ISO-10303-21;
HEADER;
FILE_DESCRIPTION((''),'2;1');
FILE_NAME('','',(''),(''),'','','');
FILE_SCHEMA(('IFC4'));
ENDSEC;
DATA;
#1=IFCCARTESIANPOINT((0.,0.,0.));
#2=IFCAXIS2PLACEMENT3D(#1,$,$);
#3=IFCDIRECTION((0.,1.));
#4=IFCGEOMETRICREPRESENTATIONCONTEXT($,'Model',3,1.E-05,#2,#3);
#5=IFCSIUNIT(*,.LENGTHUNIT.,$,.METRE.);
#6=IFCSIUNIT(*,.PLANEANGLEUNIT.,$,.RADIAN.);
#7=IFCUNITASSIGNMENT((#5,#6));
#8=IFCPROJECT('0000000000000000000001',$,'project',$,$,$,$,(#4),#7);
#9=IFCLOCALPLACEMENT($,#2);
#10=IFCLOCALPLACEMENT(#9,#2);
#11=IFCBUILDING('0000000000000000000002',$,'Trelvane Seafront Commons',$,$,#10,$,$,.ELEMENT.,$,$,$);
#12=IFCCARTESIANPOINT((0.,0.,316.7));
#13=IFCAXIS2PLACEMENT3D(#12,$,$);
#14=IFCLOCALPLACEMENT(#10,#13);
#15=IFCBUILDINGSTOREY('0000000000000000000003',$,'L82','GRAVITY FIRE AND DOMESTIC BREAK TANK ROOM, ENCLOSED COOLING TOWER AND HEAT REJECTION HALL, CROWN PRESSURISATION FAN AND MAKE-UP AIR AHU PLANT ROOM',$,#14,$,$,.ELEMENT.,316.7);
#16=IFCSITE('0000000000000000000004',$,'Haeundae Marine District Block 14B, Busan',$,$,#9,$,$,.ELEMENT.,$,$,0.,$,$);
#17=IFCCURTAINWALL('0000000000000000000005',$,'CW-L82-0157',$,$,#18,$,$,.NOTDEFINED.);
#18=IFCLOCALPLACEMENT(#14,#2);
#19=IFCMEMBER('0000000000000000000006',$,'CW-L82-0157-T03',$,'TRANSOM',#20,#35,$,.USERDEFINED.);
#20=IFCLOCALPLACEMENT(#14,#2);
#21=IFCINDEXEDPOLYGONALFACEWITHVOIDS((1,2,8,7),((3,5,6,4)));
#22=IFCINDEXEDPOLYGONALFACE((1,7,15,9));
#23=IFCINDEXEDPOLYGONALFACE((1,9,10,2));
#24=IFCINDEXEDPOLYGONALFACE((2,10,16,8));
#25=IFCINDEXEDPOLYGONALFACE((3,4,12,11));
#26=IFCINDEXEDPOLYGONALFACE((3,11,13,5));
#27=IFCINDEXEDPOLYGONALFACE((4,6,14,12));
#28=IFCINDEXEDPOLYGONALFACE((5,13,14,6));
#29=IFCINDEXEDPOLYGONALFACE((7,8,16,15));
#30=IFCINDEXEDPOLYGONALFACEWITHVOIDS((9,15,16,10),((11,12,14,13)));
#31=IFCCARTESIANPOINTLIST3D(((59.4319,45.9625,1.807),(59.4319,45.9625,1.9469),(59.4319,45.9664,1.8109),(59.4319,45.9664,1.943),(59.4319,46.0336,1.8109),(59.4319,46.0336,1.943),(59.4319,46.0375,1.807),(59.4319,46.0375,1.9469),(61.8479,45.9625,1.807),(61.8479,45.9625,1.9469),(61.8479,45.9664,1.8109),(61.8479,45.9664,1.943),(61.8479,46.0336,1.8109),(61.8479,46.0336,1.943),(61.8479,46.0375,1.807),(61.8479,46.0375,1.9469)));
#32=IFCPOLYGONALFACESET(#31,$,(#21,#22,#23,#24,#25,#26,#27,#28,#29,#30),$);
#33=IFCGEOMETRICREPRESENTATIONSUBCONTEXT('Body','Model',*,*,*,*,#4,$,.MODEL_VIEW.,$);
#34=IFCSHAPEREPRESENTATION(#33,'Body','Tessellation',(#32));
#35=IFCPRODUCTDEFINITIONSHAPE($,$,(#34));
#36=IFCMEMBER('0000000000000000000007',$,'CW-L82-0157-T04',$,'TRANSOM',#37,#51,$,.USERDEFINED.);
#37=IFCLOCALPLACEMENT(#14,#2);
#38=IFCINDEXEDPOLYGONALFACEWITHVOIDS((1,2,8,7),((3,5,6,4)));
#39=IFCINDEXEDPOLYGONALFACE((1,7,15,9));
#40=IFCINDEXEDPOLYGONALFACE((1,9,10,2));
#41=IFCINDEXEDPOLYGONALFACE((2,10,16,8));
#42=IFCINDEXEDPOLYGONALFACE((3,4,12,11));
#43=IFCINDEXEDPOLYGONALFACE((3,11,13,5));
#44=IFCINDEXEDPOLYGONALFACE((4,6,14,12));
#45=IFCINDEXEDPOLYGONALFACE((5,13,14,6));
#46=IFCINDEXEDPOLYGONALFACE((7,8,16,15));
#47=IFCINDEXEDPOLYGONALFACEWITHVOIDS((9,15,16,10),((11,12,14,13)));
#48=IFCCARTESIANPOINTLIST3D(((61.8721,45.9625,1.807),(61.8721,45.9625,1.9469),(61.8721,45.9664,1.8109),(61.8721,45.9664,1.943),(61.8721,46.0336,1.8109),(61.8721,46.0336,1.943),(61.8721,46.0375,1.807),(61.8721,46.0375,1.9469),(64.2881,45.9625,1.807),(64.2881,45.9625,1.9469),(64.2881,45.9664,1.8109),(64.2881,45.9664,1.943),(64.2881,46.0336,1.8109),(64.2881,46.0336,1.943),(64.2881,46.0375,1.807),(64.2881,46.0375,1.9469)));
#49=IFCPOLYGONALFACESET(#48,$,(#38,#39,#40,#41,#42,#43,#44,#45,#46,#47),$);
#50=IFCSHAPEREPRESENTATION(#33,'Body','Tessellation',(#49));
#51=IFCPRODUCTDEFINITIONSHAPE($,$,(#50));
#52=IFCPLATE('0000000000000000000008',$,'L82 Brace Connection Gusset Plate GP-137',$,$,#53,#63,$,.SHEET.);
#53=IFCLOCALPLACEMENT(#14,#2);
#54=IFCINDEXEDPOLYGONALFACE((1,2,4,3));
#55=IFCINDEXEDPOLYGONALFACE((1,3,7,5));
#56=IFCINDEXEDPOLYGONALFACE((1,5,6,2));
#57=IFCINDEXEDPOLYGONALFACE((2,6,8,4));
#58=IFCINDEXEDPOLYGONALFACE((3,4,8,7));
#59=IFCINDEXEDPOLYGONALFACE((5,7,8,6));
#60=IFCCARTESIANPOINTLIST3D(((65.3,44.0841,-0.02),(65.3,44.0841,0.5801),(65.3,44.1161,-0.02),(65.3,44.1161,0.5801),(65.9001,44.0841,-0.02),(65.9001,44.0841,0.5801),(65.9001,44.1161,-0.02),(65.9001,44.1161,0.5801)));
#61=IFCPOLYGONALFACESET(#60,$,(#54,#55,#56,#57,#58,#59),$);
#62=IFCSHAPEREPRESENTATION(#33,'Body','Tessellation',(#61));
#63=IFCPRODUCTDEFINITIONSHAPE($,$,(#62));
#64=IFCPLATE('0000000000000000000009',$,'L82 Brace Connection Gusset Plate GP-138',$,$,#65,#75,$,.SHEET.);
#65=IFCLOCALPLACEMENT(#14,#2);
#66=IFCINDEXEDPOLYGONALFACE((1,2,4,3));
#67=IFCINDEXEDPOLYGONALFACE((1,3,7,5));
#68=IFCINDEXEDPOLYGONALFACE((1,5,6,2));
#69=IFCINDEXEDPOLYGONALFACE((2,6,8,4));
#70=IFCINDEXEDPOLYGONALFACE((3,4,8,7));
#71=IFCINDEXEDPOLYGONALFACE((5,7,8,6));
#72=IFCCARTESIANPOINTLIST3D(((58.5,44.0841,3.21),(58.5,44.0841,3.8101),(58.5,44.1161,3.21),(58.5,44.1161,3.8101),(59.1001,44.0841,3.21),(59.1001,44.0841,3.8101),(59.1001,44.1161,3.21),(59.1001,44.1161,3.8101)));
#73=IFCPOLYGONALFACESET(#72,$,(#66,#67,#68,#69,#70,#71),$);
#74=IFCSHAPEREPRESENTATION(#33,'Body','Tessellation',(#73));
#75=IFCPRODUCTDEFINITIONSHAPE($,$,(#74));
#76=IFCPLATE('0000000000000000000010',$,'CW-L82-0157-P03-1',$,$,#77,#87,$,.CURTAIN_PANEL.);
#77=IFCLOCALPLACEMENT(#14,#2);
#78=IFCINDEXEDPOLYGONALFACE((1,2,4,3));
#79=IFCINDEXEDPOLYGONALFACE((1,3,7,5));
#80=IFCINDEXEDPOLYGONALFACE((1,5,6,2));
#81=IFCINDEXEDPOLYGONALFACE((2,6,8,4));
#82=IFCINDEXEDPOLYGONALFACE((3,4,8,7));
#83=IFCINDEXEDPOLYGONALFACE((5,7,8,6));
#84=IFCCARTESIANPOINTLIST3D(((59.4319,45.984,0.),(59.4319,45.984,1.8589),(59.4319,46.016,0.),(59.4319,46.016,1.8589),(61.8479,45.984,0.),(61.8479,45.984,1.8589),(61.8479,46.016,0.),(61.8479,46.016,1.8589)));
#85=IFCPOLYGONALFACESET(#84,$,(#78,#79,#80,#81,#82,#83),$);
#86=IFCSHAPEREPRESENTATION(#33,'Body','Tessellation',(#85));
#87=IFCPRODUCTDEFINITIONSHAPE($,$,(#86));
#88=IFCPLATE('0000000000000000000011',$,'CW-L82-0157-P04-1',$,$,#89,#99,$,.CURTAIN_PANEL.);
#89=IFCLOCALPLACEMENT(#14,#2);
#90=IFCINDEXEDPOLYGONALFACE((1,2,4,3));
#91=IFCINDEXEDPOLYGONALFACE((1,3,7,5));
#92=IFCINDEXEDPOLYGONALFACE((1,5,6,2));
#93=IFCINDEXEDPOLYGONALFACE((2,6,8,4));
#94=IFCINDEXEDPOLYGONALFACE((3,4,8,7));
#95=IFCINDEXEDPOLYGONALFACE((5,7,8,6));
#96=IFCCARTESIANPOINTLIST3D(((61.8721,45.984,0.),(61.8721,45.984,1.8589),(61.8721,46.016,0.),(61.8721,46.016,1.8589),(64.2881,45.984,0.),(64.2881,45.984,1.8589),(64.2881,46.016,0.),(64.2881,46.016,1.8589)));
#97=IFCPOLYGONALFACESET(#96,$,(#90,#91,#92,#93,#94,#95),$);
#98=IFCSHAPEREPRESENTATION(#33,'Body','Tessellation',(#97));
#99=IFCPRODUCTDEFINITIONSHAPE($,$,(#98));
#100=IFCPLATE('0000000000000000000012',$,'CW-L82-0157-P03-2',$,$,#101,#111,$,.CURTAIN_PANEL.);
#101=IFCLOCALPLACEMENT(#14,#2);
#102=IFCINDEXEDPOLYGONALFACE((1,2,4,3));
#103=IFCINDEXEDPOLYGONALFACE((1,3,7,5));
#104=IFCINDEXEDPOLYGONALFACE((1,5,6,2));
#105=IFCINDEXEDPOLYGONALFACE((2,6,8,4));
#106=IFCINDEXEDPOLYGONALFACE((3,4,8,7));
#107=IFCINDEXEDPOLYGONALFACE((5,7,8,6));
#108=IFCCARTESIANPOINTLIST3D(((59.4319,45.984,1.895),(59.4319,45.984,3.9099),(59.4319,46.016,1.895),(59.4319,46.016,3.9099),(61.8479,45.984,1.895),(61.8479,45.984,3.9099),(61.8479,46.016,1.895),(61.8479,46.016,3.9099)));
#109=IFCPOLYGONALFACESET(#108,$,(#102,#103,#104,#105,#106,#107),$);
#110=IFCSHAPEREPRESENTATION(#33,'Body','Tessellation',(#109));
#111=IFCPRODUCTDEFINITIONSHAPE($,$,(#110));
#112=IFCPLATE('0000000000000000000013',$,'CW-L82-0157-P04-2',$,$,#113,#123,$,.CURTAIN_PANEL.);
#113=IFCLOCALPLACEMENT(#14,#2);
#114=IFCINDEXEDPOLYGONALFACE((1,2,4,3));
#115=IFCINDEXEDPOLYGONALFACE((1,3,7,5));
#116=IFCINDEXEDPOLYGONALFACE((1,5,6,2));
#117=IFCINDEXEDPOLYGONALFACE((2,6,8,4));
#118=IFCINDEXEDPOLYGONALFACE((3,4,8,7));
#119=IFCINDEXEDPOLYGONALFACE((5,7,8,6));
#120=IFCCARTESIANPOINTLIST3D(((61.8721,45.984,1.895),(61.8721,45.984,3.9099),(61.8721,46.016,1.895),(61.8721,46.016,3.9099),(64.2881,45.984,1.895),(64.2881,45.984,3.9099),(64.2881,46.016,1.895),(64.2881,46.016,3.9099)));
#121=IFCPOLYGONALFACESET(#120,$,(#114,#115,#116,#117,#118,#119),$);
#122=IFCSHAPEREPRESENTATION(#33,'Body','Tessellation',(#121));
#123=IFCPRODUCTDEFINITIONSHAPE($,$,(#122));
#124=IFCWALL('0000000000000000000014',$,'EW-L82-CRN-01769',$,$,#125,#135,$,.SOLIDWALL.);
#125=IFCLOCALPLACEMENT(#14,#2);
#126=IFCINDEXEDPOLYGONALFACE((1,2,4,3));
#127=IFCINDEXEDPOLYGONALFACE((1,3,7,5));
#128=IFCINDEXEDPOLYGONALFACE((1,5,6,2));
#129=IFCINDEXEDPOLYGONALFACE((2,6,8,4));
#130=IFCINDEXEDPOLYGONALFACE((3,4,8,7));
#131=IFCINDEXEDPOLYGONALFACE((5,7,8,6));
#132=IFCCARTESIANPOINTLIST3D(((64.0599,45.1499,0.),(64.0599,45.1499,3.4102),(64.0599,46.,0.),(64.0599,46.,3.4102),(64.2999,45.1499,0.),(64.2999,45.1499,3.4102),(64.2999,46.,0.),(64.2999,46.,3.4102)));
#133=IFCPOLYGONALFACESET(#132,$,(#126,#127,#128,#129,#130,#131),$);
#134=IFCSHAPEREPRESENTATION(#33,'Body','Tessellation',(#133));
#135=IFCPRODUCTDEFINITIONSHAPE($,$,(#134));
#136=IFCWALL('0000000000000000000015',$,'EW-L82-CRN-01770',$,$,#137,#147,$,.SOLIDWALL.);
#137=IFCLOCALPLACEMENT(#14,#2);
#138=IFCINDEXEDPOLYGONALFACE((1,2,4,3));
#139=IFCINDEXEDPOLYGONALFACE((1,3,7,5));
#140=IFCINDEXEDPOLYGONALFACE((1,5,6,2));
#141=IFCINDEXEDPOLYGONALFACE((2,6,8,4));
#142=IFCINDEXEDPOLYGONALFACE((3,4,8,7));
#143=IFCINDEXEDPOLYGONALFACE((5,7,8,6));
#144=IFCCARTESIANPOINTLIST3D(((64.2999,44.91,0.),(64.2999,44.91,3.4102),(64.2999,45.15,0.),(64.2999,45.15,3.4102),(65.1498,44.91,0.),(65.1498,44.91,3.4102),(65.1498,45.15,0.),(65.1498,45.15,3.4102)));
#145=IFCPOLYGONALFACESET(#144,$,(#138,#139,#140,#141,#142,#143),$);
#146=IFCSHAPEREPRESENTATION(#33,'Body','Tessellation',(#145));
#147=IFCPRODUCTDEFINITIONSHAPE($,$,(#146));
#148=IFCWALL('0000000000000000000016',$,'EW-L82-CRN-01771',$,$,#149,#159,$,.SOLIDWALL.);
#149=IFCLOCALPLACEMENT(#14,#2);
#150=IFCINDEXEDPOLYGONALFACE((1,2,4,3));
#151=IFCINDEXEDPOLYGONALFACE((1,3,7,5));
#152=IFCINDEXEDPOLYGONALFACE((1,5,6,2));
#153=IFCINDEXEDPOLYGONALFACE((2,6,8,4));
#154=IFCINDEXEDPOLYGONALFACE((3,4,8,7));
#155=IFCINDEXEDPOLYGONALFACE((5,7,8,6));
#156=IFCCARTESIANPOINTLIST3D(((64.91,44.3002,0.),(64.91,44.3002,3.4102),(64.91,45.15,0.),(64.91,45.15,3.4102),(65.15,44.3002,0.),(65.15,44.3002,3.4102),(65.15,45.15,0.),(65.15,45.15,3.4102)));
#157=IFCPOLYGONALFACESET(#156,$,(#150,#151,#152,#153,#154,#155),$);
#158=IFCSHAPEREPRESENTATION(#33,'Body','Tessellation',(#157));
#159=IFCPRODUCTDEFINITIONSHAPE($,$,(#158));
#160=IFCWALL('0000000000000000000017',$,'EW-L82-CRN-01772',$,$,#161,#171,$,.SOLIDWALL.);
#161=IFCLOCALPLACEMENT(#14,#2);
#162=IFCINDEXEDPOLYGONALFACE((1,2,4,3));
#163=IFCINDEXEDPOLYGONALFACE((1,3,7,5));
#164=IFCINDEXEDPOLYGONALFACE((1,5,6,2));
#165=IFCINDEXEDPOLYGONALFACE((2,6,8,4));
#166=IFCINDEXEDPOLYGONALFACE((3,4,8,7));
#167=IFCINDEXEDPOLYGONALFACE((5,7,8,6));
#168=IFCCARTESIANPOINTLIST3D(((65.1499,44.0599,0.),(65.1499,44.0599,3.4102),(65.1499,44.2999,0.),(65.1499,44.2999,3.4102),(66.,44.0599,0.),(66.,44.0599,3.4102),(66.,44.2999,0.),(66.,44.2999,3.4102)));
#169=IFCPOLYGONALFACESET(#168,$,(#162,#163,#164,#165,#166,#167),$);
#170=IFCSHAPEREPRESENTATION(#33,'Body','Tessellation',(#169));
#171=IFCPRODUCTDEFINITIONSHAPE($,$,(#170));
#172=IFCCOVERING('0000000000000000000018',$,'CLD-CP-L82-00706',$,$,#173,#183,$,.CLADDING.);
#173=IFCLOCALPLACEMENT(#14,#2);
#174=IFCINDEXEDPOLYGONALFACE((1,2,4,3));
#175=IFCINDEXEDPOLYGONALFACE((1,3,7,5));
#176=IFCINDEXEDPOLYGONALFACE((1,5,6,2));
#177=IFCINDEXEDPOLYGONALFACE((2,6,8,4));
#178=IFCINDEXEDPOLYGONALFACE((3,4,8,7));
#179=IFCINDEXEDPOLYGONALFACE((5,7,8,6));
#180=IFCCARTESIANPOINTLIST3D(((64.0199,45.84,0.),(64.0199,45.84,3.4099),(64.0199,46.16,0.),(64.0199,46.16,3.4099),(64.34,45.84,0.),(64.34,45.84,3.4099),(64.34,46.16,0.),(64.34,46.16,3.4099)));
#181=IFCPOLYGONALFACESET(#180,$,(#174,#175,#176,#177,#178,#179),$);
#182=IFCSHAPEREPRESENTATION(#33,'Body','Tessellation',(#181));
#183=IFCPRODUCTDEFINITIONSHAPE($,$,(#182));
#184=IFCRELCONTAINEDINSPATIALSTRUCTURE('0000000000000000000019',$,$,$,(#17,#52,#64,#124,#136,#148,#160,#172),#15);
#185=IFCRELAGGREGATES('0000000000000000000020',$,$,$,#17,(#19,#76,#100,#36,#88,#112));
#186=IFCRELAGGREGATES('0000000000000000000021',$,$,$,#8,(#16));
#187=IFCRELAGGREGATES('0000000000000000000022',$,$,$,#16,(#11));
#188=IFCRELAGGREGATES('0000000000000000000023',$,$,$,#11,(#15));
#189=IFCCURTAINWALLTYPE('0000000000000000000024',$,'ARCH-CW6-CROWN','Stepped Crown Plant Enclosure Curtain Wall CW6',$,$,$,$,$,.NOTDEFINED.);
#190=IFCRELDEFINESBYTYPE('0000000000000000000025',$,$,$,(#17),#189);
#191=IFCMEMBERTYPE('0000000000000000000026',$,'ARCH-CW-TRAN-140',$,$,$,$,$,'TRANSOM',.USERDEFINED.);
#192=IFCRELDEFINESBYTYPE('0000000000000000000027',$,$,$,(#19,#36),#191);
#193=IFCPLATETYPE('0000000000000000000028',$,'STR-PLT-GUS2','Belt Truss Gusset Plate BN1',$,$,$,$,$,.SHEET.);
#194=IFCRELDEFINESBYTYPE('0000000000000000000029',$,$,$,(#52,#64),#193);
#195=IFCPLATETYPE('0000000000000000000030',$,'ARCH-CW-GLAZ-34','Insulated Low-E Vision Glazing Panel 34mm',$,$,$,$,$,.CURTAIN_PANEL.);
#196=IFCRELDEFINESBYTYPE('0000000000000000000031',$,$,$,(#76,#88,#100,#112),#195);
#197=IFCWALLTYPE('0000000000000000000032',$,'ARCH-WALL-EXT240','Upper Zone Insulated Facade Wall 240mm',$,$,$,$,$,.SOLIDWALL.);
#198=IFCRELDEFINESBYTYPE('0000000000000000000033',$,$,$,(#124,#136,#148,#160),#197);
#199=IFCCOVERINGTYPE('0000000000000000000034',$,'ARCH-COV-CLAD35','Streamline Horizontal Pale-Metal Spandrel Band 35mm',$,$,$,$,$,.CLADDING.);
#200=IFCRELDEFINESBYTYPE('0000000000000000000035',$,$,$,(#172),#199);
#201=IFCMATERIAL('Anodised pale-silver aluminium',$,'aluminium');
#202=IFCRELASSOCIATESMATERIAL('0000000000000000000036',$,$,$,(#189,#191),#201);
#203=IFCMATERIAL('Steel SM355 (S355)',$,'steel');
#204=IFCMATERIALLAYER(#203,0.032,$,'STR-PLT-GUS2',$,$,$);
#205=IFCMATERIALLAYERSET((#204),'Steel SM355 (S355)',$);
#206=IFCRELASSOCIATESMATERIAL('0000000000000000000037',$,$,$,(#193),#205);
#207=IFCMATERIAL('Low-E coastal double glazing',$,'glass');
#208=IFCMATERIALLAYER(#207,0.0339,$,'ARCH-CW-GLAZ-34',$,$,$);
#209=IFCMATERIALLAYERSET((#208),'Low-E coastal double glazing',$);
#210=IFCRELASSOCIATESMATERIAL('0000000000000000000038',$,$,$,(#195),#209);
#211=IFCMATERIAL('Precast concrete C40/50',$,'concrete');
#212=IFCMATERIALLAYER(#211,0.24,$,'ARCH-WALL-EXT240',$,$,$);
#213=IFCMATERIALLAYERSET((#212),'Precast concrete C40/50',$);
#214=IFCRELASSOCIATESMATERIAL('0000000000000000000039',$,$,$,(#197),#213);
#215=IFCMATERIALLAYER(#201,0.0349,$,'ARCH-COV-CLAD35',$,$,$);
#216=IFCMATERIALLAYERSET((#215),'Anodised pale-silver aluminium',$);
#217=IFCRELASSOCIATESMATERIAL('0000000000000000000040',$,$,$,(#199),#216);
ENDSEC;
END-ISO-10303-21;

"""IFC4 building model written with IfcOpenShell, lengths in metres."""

from ifc_helpers import new_model, si_unit, direction, frame, frame_2d, origin, origin_2d, place, context, subcontext, project, spatial, rectangle, hollow_rectangle, extrude, source, transform, mapped, material, layer, layer_set, material_profile, profile_set, type_object, element, aggregate, save


model = new_model("IFC4")

# Units and contexts
model_context = context("Model", 3, precision=1e-05, world=origin(), true_north=direction((0.0, 1.0)))
body_context = subcontext(model_context, "Body", "Model", "MODEL_VIEW")
ifc_project = project(units=[si_unit("LENGTHUNIT", "METRE"), si_unit("PLANEANGLEUNIT", "RADIAN")], contexts=[model_context])

# Site, building, storey
site_placement = place(None, origin())
site = spatial("IfcSite", under=ifc_project, at=site_placement, Name="Haeundae Marine District Block 14B, Busan", CompositionType="ELEMENT", RefElevation=0.0)
building_placement = place(site_placement, origin())
building = spatial("IfcBuilding", under=site, at=building_placement, Name="Trelvane Seafront Commons", CompositionType="ELEMENT")
storey_placement = place(building_placement, frame((0.0, 0.0, 316.7)))
storey = spatial("IfcBuildingStorey", under=building, at=storey_placement, Name="L82", Description="GRAVITY FIRE AND DOMESTIC BREAK TANK ROOM, ENCLOSED COOLING TOWER AND HEAT REJECTION HALL, CROWN PRESSURISATION FAN AND MAKE-UP AIR AHU PLANT ROOM", CompositionType="ELEMENT", Elevation=316.7)

# Shared definitions
ifc_material_1 = material(Name="Steel SM355 (S355)", Category="steel")

# Curtain wall
ifc_material_2 = material(Name="Anodised pale-silver aluminium", Category="aluminium")
curtain_wall_type = type_object("IfcCurtainWallType", Name="ARCH-CW6-CROWN", Description="Stepped Crown Plant Enclosure Curtain Wall CW6", PredefinedType="NOTDEFINED", material=ifc_material_2)
curtain_wall_1_placement = place(storey_placement, origin())
curtain_wall_1 = element("IfcCurtainWall", 1, at=curtain_wall_1_placement, inside=storey, type_object=curtain_wall_type, Name="CW-L82-0157", PredefinedType="NOTDEFINED")
ifc_material_profile_1 = material_profile(ifc_material_2, hollow_rectangle(XDim=0.075, YDim=0.1399, WallThickness=0.0039, at=origin_2d()), Name="TRAN-75x140x4")
ifc_profile_set_1 = profile_set([ifc_material_profile_1], Name="Anodised pale-silver aluminium")
member_type_1 = type_object("IfcMemberType", Name="ARCH-CW-TRAN-140", ElementType="TRANSOM", PredefinedType="USERDEFINED", material=ifc_profile_set_1)

# Members
shared_shape_1 = source(origin(), body_context, "Body", "SweptSolid", [
    extrude(hollow_rectangle(XDim=0.075, YDim=0.1399, WallThickness=0.0039, at=origin_2d()), origin(), (0.0, 0.0, 1.0), 2.416),
])
member_1_placement = place(storey_placement, frame((59.4319, 46.0, 1.877), z_axis=(1.0, 0.0, 0.0), x_axis=(0.0, 1.0, 0.0)))
member_1 = element("IfcMember", 2, at=member_1_placement, type_object=member_type_1, Name="CW-L82-0157-T03", ObjectType="TRANSOM", PredefinedType="USERDEFINED", context=body_context, shape_type="MappedRepresentation", body=[
    mapped(shared_shape_1, transform((0.0, 0.0, 0.0), x_axis=(1.0, 0.0, 0.0), y_axis=(0.0, 1.0, 0.0), z_axis=(0.0, 0.0, 1.0), scale=1.0)),
])
member_2_placement = place(storey_placement, frame((61.8721, 46.0, 1.877), z_axis=(1.0, 0.0, 0.0), x_axis=(0.0, 1.0, 0.0)))
member_2 = element("IfcMember", 3, at=member_2_placement, type_object=member_type_1, Name="CW-L82-0157-T04", ObjectType="TRANSOM", PredefinedType="USERDEFINED", context=body_context, shape_type="MappedRepresentation", body=[
    mapped(shared_shape_1, transform((0.0, 0.0, 0.0), x_axis=(1.0, 0.0, 0.0), y_axis=(0.0, 1.0, 0.0), z_axis=(0.0, 0.0, 1.0), scale=1.0)),
])

# Plates
ifc_layer_1 = layer(ifc_material_1, 0.032, Name="STR-PLT-GUS2")
ifc_layer_set_1 = layer_set([ifc_layer_1], Name="Steel SM355 (S355)")
plate_type_1 = type_object("IfcPlateType", Name="STR-PLT-GUS2", Description="Belt Truss Gusset Plate BN1", PredefinedType="SHEET", material=ifc_layer_set_1)
shared_shape_2 = source(origin(), body_context, "Body", "SweptSolid", [
    extrude(rectangle(XDim=0.6001, YDim=0.032, at=origin_2d()), origin(), (0.0, 0.0, 1.0), 0.6001),
])
for number, where, z_axis, x_axis, name in (
    (4, (65.6001, 44.1001, -0.02), (0.0, 0.0, 1.0), (1.0, 0.0, 0.0), "L82 Brace Connection Gusset Plate GP-137"),
    (5, (58.8, 44.1001, 3.21), (0.0, 0.0, 1.0), (1.0, 0.0, 0.0), "L82 Brace Connection Gusset Plate GP-138"),
):
    element("IfcPlate", number, at=place(storey_placement, frame(where, z_axis=z_axis, x_axis=x_axis)), inside=storey, type_object=plate_type_1, Name=name, PredefinedType="SHEET", context=body_context, shape_type="MappedRepresentation", body=[
        mapped(shared_shape_2, transform((0.0, 0.0, 0.0), x_axis=(1.0, 0.0, 0.0), y_axis=(0.0, 1.0, 0.0), z_axis=(0.0, 0.0, 1.0), scale=1.0)),
    ])

# Plates
ifc_material_3 = material(Name="Low-E coastal double glazing", Category="glass")
ifc_layer_2 = layer(ifc_material_3, 0.0339, Name="ARCH-CW-GLAZ-34")
ifc_layer_set_2 = layer_set([ifc_layer_2], Name="Low-E coastal double glazing")
plate_type_2 = type_object("IfcPlateType", Name="ARCH-CW-GLAZ-34", Description="Insulated Low-E Vision Glazing Panel 34mm", PredefinedType="CURTAIN_PANEL", material=ifc_layer_set_2)
shared_shape_3 = source(origin(), body_context, "Body", "SweptSolid", [
    extrude(rectangle(XDim=2.416, YDim=0.032, at=origin_2d()), origin(), (0.0, 0.0, 1.0), 1.8589),
])
plate_1_placement = place(storey_placement, frame((60.6399, 46.0, 0.0), z_axis=(0.0, 0.0, 1.0), x_axis=(1.0, 0.0, 0.0)))
plate_1 = element("IfcPlate", 6, at=plate_1_placement, type_object=plate_type_2, Name="CW-L82-0157-P03-1", PredefinedType="CURTAIN_PANEL", context=body_context, shape_type="MappedRepresentation", body=[
    mapped(shared_shape_3, transform((0.0, 0.0, 0.0), x_axis=(1.0, 0.0, 0.0), y_axis=(0.0, 1.0, 0.0), z_axis=(0.0, 0.0, 1.0), scale=1.0)),
])
plate_2_placement = place(storey_placement, frame((63.0801, 46.0, 0.0), z_axis=(0.0, 0.0, 1.0), x_axis=(1.0, 0.0, 0.0)))
plate_2 = element("IfcPlate", 7, at=plate_2_placement, type_object=plate_type_2, Name="CW-L82-0157-P04-1", PredefinedType="CURTAIN_PANEL", context=body_context, shape_type="MappedRepresentation", body=[
    mapped(shared_shape_3, transform((0.0, 0.0, 0.0), x_axis=(1.0, 0.0, 0.0), y_axis=(0.0, 1.0, 0.0), z_axis=(0.0, 0.0, 1.0), scale=1.0)),
])
shared_shape_4 = source(origin(), body_context, "Body", "SweptSolid", [
    extrude(rectangle(XDim=2.416, YDim=0.032, at=origin_2d()), origin(), (0.0, 0.0, 1.0), 2.0149),
])
plate_3_placement = place(storey_placement, frame((60.6399, 46.0, 1.895), z_axis=(0.0, 0.0, 1.0), x_axis=(1.0, 0.0, 0.0)))
plate_3 = element("IfcPlate", 8, at=plate_3_placement, type_object=plate_type_2, Name="CW-L82-0157-P03-2", PredefinedType="CURTAIN_PANEL", context=body_context, shape_type="MappedRepresentation", body=[
    mapped(shared_shape_4, transform((0.0, 0.0, 0.0), x_axis=(1.0, 0.0, 0.0), y_axis=(0.0, 1.0, 0.0), z_axis=(0.0, 0.0, 1.0), scale=1.0)),
])
plate_4_placement = place(storey_placement, frame((63.0801, 46.0, 1.895), z_axis=(0.0, 0.0, 1.0), x_axis=(1.0, 0.0, 0.0)))
plate_4 = element("IfcPlate", 9, at=plate_4_placement, type_object=plate_type_2, Name="CW-L82-0157-P04-2", PredefinedType="CURTAIN_PANEL", context=body_context, shape_type="MappedRepresentation", body=[
    mapped(shared_shape_4, transform((0.0, 0.0, 0.0), x_axis=(1.0, 0.0, 0.0), y_axis=(0.0, 1.0, 0.0), z_axis=(0.0, 0.0, 1.0), scale=1.0)),
])
aggregate(curtain_wall_1, [member_1, plate_1, plate_3, member_2, plate_2, plate_4])

# Walls
ifc_material_4 = material(Name="Precast concrete C40/50", Category="concrete")
ifc_layer_3 = layer(ifc_material_4, 0.24, Name="ARCH-WALL-EXT240")
ifc_layer_set_3 = layer_set([ifc_layer_3], Name="Precast concrete C40/50")
wall_type = type_object("IfcWallType", Name="ARCH-WALL-EXT240", Description="Upper Zone Insulated Facade Wall 240mm", PredefinedType="SOLIDWALL", material=ifc_layer_set_3)
wall_1_placement = place(storey_placement, frame((64.1799, 46.0, 0.0), z_axis=(0.0, 0.0, 1.0), x_axis=(0.0, -1.0, 0.0)))
element("IfcWall", 10, at=wall_1_placement, inside=storey, type_object=wall_type, Name="EW-L82-CRN-01769", PredefinedType="SOLIDWALL", context=body_context, shape_type="SweptSolid", body=[
    extrude(rectangle(XDim=0.8501, YDim=0.24, at=frame_2d((0.425, 0.0))), origin(), (0.0, 0.0, 1.0), 3.4102),
])
for number, where, z_axis, x_axis, name in (
    (11, (64.3, 45.03, 0.0), (0.0, 0.0, 1.0), (1.0, 0.0, 0.0), "EW-L82-CRN-01770"),
    (12, (65.03, 45.1499, 0.0), (0.0, 0.0, 1.0), (0.0, -1.0, 0.0), "EW-L82-CRN-01771"),
):
    element("IfcWall", number, at=place(storey_placement, frame(where, z_axis=z_axis, x_axis=x_axis)), inside=storey, type_object=wall_type, Name=name, PredefinedType="SOLIDWALL", context=body_context, shape_type="SweptSolid", body=[
        extrude(rectangle(XDim=0.8499, YDim=0.24, at=frame_2d((0.4248, 0.0))), origin(), (0.0, 0.0, 1.0), 3.4102),
    ])
wall_2_placement = place(storey_placement, frame((65.1499, 44.1799, 0.0), z_axis=(0.0, 0.0, 1.0), x_axis=(1.0, 0.0, 0.0)))
element("IfcWall", 13, at=wall_2_placement, inside=storey, type_object=wall_type, Name="EW-L82-CRN-01772", PredefinedType="SOLIDWALL", context=body_context, shape_type="SweptSolid", body=[
    extrude(rectangle(XDim=0.8501, YDim=0.24, at=frame_2d((0.425, 0.0))), origin(), (0.0, 0.0, 1.0), 3.4102),
])

# Covering
ifc_layer_4 = layer(ifc_material_2, 0.0349, Name="ARCH-COV-CLAD35")
ifc_layer_set_4 = layer_set([ifc_layer_4], Name="Anodised pale-silver aluminium")
covering_type = type_object("IfcCoveringType", Name="ARCH-COV-CLAD35", Description="Streamline Horizontal Pale-Metal Spandrel Band 35mm", PredefinedType="CLADDING", material=ifc_layer_set_4)
shared_shape_5 = source(origin(), body_context, "Body", "SweptSolid", [
    extrude(rectangle(XDim=0.3201, YDim=0.3201, at=origin_2d()), origin(), (0.0, 0.0, 1.0), 3.4099),
])
for number, where, z_axis, x_axis, name in (
    (14, (64.1799, 46.0, 0.0), (0.0, 0.0, 1.0), (1.0, 0.0, 0.0), "CLD-CP-L82-00706"),
):
    element("IfcCovering", number, at=place(storey_placement, frame(where, z_axis=z_axis, x_axis=x_axis)), inside=storey, type_object=covering_type, Name=name, PredefinedType="CLADDING", context=body_context, shape_type="MappedRepresentation", body=[
        mapped(shared_shape_5, transform((0.0, 0.0, 0.0), x_axis=(1.0, 0.0, 0.0), y_axis=(0.0, 1.0, 0.0), z_axis=(0.0, 0.0, 1.0), scale=1.0)),
    ])

save(model, "model.ifc")
